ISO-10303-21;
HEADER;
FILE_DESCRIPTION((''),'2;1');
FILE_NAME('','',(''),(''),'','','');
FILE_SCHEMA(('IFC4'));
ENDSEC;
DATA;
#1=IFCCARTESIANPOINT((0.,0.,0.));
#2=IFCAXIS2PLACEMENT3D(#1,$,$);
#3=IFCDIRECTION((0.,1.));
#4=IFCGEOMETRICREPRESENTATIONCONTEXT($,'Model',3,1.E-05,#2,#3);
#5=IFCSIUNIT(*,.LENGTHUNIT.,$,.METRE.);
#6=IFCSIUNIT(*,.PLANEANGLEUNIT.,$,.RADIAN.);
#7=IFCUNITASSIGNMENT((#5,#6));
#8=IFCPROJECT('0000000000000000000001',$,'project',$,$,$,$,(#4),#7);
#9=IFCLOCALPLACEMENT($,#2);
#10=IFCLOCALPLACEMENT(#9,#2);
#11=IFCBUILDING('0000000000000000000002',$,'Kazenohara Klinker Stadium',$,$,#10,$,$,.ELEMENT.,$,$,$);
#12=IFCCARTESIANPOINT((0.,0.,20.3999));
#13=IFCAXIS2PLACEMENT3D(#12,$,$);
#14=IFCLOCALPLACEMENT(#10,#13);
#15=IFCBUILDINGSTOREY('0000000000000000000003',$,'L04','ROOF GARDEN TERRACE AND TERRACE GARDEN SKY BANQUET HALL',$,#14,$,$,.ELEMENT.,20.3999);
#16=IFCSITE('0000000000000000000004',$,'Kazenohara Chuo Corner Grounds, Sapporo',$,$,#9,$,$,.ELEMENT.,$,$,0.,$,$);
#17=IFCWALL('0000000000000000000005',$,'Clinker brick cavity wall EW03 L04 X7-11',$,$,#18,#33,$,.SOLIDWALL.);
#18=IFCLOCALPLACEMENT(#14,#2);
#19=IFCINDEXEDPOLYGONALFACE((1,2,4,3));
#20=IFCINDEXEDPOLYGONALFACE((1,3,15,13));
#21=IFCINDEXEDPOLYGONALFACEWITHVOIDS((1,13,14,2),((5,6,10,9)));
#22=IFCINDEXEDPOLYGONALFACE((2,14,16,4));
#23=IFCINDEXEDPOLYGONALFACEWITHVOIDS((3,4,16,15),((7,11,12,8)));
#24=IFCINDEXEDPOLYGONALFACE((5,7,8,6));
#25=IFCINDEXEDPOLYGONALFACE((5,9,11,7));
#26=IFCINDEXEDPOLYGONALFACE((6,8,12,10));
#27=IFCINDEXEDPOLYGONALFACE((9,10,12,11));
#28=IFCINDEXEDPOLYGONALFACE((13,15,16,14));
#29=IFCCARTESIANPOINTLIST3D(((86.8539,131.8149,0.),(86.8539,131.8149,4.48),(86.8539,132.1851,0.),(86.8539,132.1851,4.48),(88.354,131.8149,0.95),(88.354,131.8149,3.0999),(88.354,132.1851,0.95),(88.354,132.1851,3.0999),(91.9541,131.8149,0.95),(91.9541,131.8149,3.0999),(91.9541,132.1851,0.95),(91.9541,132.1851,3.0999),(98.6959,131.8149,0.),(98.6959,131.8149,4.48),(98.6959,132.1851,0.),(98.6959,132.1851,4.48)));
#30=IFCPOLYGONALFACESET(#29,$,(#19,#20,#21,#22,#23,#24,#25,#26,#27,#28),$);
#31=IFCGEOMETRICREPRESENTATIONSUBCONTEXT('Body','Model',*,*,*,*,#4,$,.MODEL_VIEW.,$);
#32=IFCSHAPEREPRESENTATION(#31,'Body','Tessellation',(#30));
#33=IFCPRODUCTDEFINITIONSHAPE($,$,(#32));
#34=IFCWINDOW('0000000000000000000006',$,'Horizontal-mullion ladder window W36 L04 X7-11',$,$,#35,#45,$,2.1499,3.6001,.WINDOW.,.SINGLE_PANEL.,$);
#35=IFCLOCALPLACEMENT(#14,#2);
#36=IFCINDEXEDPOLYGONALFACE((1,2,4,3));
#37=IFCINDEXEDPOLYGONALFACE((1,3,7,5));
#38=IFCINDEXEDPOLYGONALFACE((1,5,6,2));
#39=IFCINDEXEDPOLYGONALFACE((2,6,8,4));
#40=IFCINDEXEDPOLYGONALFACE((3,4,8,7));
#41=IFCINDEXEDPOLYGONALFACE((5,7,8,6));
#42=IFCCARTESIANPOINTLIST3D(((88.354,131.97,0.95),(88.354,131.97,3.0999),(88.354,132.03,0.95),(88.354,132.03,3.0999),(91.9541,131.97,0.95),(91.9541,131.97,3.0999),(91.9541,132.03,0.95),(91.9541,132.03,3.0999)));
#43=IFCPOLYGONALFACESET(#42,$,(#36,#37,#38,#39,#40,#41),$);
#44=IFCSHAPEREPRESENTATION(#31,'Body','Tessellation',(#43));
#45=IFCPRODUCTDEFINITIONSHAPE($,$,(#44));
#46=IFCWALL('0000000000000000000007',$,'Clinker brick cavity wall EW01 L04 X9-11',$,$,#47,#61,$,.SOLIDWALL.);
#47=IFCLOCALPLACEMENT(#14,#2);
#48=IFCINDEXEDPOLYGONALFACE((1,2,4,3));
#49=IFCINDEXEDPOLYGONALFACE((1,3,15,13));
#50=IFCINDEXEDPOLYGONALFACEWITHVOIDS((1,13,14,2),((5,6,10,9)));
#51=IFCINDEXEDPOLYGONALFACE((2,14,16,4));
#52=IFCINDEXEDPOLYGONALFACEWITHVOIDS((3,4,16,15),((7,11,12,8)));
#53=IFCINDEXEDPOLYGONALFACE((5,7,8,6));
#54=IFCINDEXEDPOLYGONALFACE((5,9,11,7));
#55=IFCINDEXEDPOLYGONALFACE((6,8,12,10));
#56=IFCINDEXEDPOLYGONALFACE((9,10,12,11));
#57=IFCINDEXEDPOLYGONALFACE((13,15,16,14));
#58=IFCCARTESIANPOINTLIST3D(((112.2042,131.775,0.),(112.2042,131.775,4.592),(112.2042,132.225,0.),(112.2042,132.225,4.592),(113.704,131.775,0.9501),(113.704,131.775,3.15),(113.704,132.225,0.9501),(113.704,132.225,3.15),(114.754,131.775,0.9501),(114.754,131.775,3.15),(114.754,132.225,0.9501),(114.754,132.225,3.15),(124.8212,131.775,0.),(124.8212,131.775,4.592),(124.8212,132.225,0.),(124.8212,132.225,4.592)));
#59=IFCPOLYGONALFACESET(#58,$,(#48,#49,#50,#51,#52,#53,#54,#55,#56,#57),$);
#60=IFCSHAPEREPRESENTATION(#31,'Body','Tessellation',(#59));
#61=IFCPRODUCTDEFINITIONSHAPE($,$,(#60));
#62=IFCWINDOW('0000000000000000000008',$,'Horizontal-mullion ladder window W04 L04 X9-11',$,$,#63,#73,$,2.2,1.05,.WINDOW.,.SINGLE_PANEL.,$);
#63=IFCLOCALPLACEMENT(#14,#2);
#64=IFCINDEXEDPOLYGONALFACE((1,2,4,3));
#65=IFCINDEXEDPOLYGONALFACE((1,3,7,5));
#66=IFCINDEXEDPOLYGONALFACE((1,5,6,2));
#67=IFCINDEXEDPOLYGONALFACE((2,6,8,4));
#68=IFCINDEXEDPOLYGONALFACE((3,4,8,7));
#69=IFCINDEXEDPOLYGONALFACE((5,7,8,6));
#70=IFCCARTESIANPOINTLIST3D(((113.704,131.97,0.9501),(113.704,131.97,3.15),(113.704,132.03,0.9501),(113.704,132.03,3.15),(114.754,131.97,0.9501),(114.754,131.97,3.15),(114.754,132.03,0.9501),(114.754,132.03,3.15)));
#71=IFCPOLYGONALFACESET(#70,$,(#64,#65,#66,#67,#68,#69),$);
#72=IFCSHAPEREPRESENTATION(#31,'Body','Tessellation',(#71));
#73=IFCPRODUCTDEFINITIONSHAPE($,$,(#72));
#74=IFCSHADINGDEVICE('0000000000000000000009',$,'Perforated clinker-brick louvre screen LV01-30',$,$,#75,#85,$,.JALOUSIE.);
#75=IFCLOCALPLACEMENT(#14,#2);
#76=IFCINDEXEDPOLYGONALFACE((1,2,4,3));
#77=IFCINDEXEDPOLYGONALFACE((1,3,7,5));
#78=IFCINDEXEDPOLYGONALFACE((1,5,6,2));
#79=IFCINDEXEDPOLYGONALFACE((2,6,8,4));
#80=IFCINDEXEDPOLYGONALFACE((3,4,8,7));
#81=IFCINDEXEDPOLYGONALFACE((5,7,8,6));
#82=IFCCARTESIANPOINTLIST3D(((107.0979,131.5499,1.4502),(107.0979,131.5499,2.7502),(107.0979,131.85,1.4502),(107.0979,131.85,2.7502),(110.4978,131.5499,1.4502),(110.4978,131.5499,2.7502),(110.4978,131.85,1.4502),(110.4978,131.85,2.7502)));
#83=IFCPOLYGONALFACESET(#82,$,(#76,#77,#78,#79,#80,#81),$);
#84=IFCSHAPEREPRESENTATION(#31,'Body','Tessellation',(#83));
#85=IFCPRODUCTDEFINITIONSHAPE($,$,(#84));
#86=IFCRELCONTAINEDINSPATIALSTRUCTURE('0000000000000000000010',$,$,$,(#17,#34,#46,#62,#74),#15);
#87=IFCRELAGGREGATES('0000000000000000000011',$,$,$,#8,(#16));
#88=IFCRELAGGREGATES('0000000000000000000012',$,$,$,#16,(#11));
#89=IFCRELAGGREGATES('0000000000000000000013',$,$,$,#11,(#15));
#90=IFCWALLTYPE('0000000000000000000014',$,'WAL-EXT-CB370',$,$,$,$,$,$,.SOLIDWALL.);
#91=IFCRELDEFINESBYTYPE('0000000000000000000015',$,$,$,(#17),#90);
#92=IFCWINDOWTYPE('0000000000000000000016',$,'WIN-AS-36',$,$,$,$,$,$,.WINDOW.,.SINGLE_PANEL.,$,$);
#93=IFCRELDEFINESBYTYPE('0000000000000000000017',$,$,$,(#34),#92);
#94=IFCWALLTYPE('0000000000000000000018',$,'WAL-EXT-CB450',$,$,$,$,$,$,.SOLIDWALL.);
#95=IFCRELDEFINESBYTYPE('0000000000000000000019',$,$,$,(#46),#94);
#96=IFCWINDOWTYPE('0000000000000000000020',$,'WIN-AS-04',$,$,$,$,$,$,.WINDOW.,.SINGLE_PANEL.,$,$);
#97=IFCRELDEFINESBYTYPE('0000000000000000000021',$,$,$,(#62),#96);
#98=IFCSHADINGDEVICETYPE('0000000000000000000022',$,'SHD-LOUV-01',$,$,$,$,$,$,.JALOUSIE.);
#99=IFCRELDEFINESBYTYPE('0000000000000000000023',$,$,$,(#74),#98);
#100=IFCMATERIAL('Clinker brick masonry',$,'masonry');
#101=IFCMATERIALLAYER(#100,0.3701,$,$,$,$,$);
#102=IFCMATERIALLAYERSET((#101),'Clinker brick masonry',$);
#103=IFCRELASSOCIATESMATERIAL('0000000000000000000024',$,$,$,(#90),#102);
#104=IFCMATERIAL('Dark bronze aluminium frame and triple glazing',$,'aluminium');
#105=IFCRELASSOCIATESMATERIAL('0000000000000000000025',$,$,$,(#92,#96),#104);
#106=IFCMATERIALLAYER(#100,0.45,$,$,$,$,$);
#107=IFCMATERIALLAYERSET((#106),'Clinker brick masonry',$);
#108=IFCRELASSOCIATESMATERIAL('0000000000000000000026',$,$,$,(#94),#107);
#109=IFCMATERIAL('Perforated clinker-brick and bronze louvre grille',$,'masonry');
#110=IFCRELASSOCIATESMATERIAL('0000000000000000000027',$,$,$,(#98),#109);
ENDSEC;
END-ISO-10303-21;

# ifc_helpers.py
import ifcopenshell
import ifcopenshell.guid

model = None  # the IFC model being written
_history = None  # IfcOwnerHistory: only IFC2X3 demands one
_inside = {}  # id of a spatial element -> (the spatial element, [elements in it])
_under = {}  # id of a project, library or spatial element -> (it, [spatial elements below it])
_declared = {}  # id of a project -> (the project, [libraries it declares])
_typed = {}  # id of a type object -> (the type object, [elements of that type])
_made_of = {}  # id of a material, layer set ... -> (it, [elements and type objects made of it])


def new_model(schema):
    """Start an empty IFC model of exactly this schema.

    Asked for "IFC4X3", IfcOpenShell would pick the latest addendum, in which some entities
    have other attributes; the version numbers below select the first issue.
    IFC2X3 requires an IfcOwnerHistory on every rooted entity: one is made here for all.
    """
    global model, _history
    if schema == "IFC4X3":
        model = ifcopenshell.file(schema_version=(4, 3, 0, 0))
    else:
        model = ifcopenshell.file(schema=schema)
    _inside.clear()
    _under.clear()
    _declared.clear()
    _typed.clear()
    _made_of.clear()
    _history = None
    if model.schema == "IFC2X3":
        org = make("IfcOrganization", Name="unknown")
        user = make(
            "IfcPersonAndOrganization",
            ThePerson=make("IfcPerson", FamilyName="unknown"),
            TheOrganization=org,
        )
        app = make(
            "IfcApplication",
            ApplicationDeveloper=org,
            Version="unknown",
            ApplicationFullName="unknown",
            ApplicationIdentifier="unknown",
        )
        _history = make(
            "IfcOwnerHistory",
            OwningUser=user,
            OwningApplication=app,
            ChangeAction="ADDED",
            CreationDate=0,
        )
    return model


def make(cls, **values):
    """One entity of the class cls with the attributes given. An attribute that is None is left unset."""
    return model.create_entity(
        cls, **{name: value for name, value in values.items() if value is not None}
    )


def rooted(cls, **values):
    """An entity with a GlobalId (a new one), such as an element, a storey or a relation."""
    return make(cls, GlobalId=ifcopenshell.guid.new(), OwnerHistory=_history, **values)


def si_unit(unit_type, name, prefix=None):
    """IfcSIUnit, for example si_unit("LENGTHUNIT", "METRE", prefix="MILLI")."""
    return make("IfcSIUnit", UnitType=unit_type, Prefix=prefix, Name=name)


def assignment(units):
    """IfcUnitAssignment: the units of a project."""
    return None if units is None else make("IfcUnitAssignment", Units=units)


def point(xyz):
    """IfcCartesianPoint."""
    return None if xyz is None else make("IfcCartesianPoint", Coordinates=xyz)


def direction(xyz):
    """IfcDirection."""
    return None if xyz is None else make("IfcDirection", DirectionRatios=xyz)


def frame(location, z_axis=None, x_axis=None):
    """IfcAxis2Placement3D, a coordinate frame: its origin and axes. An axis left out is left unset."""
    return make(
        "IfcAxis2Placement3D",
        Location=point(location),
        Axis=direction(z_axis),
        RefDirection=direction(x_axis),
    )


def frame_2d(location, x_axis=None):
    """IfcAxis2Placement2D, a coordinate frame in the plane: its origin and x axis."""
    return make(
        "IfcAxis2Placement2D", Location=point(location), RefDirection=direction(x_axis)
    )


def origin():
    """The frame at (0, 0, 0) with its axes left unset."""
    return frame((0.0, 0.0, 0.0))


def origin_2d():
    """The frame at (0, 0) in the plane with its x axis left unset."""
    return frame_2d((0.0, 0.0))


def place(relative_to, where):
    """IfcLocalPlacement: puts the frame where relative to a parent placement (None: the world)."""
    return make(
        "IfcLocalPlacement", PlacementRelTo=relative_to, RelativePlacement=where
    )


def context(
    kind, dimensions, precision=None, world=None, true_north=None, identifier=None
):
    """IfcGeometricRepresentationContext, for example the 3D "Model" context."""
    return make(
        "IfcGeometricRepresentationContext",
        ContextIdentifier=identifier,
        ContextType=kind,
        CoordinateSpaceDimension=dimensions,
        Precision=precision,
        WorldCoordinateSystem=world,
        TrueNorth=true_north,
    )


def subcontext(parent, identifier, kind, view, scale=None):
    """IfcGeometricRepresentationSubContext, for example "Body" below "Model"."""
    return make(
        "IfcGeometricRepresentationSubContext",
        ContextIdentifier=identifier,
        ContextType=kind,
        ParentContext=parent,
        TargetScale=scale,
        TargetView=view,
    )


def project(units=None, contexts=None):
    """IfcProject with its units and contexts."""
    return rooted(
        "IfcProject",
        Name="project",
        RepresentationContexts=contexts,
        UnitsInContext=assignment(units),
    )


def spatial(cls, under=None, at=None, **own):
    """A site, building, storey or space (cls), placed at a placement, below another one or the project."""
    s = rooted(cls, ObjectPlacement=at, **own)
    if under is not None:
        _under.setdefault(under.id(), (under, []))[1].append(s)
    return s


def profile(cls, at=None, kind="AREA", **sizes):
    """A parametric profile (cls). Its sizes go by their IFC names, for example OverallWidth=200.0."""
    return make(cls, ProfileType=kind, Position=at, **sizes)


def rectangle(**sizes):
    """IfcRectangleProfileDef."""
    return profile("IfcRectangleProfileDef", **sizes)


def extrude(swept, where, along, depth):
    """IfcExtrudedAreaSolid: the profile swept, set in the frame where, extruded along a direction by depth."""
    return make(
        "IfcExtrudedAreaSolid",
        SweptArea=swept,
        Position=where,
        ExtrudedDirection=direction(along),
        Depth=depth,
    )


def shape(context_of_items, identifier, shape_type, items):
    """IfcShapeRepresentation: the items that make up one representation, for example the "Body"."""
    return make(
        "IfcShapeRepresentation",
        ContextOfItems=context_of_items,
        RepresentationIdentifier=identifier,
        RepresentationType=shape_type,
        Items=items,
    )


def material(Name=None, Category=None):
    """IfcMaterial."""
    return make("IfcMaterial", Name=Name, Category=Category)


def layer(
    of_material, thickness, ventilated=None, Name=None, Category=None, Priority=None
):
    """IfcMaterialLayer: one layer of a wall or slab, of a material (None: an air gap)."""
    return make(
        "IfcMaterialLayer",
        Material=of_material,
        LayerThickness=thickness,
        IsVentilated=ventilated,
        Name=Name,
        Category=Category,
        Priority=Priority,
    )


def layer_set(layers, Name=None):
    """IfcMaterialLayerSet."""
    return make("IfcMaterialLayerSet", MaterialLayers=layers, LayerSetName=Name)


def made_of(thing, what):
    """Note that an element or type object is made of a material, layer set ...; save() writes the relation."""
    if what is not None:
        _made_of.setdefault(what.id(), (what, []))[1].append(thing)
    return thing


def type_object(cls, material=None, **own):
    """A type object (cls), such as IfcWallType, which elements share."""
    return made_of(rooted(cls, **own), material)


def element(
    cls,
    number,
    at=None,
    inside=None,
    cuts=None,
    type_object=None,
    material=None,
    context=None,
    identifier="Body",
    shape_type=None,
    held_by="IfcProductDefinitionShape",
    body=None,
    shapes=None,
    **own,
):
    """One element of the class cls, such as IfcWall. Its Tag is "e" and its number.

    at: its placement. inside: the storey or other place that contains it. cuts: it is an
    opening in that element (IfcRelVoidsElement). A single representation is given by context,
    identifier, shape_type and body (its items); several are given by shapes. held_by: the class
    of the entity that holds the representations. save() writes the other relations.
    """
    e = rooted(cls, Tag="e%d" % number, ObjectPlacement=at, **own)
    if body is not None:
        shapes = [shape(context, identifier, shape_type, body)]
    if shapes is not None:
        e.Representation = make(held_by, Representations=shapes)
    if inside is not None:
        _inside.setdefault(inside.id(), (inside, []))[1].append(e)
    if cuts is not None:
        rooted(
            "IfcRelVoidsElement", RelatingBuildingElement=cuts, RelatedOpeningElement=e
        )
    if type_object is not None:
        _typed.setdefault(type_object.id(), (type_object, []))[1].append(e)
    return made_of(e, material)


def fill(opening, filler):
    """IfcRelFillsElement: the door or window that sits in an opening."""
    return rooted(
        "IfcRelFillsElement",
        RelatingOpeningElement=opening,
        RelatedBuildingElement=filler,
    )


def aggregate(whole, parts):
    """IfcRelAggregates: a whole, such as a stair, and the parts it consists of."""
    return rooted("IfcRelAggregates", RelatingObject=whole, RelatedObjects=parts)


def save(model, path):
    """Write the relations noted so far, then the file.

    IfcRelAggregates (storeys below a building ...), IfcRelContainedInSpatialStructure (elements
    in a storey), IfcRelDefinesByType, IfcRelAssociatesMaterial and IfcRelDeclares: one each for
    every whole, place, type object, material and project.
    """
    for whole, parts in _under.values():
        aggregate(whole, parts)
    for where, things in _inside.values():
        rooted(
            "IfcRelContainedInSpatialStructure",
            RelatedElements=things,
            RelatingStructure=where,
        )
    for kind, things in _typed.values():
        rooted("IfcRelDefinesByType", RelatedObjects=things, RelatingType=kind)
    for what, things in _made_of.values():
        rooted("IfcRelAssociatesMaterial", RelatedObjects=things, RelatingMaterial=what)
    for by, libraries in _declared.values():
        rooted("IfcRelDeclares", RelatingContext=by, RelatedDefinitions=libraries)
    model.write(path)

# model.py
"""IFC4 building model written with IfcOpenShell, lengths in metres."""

from ifc_helpers import new_model, si_unit, direction, frame, frame_2d, origin, origin_2d, place, context, subcontext, project, spatial, rectangle, extrude, material, layer, layer_set, type_object, element, fill, save


model = new_model("IFC4")

# Units and contexts
model_context = context("Model", 3, precision=1e-05, world=origin(), true_north=direction((0.0, 1.0)))
body_context = subcontext(model_context, "Body", "Model", "MODEL_VIEW")
ifc_project = project(units=[si_unit("LENGTHUNIT", "METRE"), si_unit("PLANEANGLEUNIT", "RADIAN")], contexts=[model_context])

# Site, building, storey
site_placement = place(None, origin())
site = spatial("IfcSite", under=ifc_project, at=site_placement, Name="Kazenohara Chuo Corner Grounds, Sapporo", CompositionType="ELEMENT", RefElevation=0.0)
building_placement = place(site_placement, origin())
building = spatial("IfcBuilding", under=site, at=building_placement, Name="Kazenohara Klinker Stadium", CompositionType="ELEMENT")
storey_placement = place(building_placement, frame((0.0, 0.0, 20.3999)))
storey = spatial("IfcBuildingStorey", under=building, at=storey_placement, Name="L04", Description="ROOF GARDEN TERRACE AND TERRACE GARDEN SKY BANQUET HALL", CompositionType="ELEMENT", Elevation=20.3999)

# Walls, openings, windows
ifc_material_1 = material(Name="Clinker brick masonry", Category="masonry")
ifc_material_2 = material(Name="Dark bronze aluminium frame and triple glazing", Category="aluminium")
ifc_layer_1 = layer(ifc_material_1, 0.3701)
ifc_layer_set_1 = layer_set([ifc_layer_1], Name="Clinker brick masonry")
wall_type_1 = type_object("IfcWallType", Name="WAL-EXT-CB370", PredefinedType="SOLIDWALL", material=ifc_layer_set_1)
wall_1_placement = place(storey_placement, frame((86.854, 132.0, 0.0), z_axis=(0.0, 0.0, 1.0), x_axis=(1.0, 0.0, 0.0)))
wall_1 = element("IfcWall", 1, at=wall_1_placement, inside=storey, type_object=wall_type_1, Name="Clinker brick cavity wall EW03 L04 X7-11", PredefinedType="SOLIDWALL", context=body_context, shape_type="SweptSolid", body=[
    extrude(rectangle(XDim=11.842, YDim=0.3701, at=frame_2d((5.9209, 0.0))), origin(), (0.0, 0.0, 1.0), 4.48),
])
opening_1_placement = place(wall_1_placement, frame((1.5, 0.0, 0.95)))
opening_1 = element("IfcOpeningElement", 2, at=opening_1_placement, cuts=wall_1, PredefinedType="OPENING", context=body_context, shape_type="SweptSolid", body=[
    extrude(rectangle(XDim=3.6001, YDim=2.1499, at=frame_2d((1.8, 1.075))), frame((0.0, 0.1951, 0.0), z_axis=(0.0, -1.0, 0.0), x_axis=(1.0, 0.0, 0.0)), (0.0, 0.0, 1.0), 0.3901),
])
window_type_1 = type_object("IfcWindowType", Name="WIN-AS-36", PartitioningType="SINGLE_PANEL", PredefinedType="WINDOW", material=ifc_material_2)
window_1_placement = place(opening_1_placement, origin())
window_1 = element("IfcWindow", 3, at=window_1_placement, inside=storey, type_object=window_type_1, Name="Horizontal-mullion ladder window W36 L04 X7-11", OverallHeight=2.1499, OverallWidth=3.6001, PartitioningType="SINGLE_PANEL", PredefinedType="WINDOW", context=body_context, shape_type="SweptSolid", body=[
    extrude(rectangle(XDim=3.6001, YDim=2.1499, at=frame_2d((1.8, 1.075))), frame((0.0, 0.03, 0.0), z_axis=(0.0, -1.0, 0.0), x_axis=(1.0, 0.0, 0.0)), (0.0, 0.0, 1.0), 0.0601),
])
fill(opening_1, window_1)
ifc_layer_2 = layer(ifc_material_1, 0.45)
ifc_layer_set_2 = layer_set([ifc_layer_2], Name="Clinker brick masonry")
wall_type_2 = type_object("IfcWallType", Name="WAL-EXT-CB450", PredefinedType="SOLIDWALL", material=ifc_layer_set_2)
wall_2_placement = place(storey_placement, frame((112.2041, 132.0, 0.0), z_axis=(0.0, 0.0, 1.0), x_axis=(1.0, 0.0, 0.0)))
wall_2 = element("IfcWall", 4, at=wall_2_placement, inside=storey, type_object=wall_type_2, Name="Clinker brick cavity wall EW01 L04 X9-11", PredefinedType="SOLIDWALL", context=body_context, shape_type="SweptSolid", body=[
    extrude(rectangle(XDim=12.6169, YDim=0.45, at=frame_2d((6.3086, 0.0))), origin(), (0.0, 0.0, 1.0), 4.592),
])
opening_2_placement = place(wall_2_placement, frame((1.5, 0.0, 0.95)))
opening_2 = element("IfcOpeningElement", 5, at=opening_2_placement, cuts=wall_2, PredefinedType="OPENING", context=body_context, shape_type="SweptSolid", body=[
    extrude(rectangle(XDim=1.05, YDim=2.2, at=frame_2d((0.5249, 1.1001))), frame((0.0, 0.2349, 0.0), z_axis=(0.0, -1.0, 0.0), x_axis=(1.0, 0.0, 0.0)), (0.0, 0.0, 1.0), 0.47),
])
window_type_2 = type_object("IfcWindowType", Name="WIN-AS-04", PartitioningType="SINGLE_PANEL", PredefinedType="WINDOW", material=ifc_material_2)
window_2_placement = place(opening_2_placement, origin())
window_2 = element("IfcWindow", 6, at=window_2_placement, inside=storey, type_object=window_type_2, Name="Horizontal-mullion ladder window W04 L04 X9-11", OverallHeight=2.2, OverallWidth=1.05, PartitioningType="SINGLE_PANEL", PredefinedType="WINDOW", context=body_context, shape_type="SweptSolid", body=[
    extrude(rectangle(XDim=1.05, YDim=2.2, at=frame_2d((0.5249, 1.1001))), frame((0.0, 0.03, 0.0), z_axis=(0.0, -1.0, 0.0), x_axis=(1.0, 0.0, 0.0)), (0.0, 0.0, 1.0), 0.0601),
])
fill(opening_2, window_2)

# Shading device
ifc_material_3 = material(Name="Perforated clinker-brick and bronze louvre grille", Category="masonry")
shading_device_type = type_object("IfcShadingDeviceType", Name="SHD-LOUV-01", PredefinedType="JALOUSIE", material=ifc_material_3)
shading_device_placement = place(storey_placement, frame((108.7979, 131.7, 1.4502), z_axis=(0.0, 0.0, 1.0), x_axis=(1.0, 0.0, 0.0)))
element("IfcShadingDevice", 7, at=shading_device_placement, inside=storey, type_object=shading_device_type, Name="Perforated clinker-brick louvre screen LV01-30", PredefinedType="JALOUSIE", context=body_context, shape_type="SweptSolid", body=[
    extrude(rectangle(XDim=3.3999, YDim=0.3, at=origin_2d()), origin(), (0.0, 0.0, 1.0), 1.3),
])

save(model, "model.ifc")
